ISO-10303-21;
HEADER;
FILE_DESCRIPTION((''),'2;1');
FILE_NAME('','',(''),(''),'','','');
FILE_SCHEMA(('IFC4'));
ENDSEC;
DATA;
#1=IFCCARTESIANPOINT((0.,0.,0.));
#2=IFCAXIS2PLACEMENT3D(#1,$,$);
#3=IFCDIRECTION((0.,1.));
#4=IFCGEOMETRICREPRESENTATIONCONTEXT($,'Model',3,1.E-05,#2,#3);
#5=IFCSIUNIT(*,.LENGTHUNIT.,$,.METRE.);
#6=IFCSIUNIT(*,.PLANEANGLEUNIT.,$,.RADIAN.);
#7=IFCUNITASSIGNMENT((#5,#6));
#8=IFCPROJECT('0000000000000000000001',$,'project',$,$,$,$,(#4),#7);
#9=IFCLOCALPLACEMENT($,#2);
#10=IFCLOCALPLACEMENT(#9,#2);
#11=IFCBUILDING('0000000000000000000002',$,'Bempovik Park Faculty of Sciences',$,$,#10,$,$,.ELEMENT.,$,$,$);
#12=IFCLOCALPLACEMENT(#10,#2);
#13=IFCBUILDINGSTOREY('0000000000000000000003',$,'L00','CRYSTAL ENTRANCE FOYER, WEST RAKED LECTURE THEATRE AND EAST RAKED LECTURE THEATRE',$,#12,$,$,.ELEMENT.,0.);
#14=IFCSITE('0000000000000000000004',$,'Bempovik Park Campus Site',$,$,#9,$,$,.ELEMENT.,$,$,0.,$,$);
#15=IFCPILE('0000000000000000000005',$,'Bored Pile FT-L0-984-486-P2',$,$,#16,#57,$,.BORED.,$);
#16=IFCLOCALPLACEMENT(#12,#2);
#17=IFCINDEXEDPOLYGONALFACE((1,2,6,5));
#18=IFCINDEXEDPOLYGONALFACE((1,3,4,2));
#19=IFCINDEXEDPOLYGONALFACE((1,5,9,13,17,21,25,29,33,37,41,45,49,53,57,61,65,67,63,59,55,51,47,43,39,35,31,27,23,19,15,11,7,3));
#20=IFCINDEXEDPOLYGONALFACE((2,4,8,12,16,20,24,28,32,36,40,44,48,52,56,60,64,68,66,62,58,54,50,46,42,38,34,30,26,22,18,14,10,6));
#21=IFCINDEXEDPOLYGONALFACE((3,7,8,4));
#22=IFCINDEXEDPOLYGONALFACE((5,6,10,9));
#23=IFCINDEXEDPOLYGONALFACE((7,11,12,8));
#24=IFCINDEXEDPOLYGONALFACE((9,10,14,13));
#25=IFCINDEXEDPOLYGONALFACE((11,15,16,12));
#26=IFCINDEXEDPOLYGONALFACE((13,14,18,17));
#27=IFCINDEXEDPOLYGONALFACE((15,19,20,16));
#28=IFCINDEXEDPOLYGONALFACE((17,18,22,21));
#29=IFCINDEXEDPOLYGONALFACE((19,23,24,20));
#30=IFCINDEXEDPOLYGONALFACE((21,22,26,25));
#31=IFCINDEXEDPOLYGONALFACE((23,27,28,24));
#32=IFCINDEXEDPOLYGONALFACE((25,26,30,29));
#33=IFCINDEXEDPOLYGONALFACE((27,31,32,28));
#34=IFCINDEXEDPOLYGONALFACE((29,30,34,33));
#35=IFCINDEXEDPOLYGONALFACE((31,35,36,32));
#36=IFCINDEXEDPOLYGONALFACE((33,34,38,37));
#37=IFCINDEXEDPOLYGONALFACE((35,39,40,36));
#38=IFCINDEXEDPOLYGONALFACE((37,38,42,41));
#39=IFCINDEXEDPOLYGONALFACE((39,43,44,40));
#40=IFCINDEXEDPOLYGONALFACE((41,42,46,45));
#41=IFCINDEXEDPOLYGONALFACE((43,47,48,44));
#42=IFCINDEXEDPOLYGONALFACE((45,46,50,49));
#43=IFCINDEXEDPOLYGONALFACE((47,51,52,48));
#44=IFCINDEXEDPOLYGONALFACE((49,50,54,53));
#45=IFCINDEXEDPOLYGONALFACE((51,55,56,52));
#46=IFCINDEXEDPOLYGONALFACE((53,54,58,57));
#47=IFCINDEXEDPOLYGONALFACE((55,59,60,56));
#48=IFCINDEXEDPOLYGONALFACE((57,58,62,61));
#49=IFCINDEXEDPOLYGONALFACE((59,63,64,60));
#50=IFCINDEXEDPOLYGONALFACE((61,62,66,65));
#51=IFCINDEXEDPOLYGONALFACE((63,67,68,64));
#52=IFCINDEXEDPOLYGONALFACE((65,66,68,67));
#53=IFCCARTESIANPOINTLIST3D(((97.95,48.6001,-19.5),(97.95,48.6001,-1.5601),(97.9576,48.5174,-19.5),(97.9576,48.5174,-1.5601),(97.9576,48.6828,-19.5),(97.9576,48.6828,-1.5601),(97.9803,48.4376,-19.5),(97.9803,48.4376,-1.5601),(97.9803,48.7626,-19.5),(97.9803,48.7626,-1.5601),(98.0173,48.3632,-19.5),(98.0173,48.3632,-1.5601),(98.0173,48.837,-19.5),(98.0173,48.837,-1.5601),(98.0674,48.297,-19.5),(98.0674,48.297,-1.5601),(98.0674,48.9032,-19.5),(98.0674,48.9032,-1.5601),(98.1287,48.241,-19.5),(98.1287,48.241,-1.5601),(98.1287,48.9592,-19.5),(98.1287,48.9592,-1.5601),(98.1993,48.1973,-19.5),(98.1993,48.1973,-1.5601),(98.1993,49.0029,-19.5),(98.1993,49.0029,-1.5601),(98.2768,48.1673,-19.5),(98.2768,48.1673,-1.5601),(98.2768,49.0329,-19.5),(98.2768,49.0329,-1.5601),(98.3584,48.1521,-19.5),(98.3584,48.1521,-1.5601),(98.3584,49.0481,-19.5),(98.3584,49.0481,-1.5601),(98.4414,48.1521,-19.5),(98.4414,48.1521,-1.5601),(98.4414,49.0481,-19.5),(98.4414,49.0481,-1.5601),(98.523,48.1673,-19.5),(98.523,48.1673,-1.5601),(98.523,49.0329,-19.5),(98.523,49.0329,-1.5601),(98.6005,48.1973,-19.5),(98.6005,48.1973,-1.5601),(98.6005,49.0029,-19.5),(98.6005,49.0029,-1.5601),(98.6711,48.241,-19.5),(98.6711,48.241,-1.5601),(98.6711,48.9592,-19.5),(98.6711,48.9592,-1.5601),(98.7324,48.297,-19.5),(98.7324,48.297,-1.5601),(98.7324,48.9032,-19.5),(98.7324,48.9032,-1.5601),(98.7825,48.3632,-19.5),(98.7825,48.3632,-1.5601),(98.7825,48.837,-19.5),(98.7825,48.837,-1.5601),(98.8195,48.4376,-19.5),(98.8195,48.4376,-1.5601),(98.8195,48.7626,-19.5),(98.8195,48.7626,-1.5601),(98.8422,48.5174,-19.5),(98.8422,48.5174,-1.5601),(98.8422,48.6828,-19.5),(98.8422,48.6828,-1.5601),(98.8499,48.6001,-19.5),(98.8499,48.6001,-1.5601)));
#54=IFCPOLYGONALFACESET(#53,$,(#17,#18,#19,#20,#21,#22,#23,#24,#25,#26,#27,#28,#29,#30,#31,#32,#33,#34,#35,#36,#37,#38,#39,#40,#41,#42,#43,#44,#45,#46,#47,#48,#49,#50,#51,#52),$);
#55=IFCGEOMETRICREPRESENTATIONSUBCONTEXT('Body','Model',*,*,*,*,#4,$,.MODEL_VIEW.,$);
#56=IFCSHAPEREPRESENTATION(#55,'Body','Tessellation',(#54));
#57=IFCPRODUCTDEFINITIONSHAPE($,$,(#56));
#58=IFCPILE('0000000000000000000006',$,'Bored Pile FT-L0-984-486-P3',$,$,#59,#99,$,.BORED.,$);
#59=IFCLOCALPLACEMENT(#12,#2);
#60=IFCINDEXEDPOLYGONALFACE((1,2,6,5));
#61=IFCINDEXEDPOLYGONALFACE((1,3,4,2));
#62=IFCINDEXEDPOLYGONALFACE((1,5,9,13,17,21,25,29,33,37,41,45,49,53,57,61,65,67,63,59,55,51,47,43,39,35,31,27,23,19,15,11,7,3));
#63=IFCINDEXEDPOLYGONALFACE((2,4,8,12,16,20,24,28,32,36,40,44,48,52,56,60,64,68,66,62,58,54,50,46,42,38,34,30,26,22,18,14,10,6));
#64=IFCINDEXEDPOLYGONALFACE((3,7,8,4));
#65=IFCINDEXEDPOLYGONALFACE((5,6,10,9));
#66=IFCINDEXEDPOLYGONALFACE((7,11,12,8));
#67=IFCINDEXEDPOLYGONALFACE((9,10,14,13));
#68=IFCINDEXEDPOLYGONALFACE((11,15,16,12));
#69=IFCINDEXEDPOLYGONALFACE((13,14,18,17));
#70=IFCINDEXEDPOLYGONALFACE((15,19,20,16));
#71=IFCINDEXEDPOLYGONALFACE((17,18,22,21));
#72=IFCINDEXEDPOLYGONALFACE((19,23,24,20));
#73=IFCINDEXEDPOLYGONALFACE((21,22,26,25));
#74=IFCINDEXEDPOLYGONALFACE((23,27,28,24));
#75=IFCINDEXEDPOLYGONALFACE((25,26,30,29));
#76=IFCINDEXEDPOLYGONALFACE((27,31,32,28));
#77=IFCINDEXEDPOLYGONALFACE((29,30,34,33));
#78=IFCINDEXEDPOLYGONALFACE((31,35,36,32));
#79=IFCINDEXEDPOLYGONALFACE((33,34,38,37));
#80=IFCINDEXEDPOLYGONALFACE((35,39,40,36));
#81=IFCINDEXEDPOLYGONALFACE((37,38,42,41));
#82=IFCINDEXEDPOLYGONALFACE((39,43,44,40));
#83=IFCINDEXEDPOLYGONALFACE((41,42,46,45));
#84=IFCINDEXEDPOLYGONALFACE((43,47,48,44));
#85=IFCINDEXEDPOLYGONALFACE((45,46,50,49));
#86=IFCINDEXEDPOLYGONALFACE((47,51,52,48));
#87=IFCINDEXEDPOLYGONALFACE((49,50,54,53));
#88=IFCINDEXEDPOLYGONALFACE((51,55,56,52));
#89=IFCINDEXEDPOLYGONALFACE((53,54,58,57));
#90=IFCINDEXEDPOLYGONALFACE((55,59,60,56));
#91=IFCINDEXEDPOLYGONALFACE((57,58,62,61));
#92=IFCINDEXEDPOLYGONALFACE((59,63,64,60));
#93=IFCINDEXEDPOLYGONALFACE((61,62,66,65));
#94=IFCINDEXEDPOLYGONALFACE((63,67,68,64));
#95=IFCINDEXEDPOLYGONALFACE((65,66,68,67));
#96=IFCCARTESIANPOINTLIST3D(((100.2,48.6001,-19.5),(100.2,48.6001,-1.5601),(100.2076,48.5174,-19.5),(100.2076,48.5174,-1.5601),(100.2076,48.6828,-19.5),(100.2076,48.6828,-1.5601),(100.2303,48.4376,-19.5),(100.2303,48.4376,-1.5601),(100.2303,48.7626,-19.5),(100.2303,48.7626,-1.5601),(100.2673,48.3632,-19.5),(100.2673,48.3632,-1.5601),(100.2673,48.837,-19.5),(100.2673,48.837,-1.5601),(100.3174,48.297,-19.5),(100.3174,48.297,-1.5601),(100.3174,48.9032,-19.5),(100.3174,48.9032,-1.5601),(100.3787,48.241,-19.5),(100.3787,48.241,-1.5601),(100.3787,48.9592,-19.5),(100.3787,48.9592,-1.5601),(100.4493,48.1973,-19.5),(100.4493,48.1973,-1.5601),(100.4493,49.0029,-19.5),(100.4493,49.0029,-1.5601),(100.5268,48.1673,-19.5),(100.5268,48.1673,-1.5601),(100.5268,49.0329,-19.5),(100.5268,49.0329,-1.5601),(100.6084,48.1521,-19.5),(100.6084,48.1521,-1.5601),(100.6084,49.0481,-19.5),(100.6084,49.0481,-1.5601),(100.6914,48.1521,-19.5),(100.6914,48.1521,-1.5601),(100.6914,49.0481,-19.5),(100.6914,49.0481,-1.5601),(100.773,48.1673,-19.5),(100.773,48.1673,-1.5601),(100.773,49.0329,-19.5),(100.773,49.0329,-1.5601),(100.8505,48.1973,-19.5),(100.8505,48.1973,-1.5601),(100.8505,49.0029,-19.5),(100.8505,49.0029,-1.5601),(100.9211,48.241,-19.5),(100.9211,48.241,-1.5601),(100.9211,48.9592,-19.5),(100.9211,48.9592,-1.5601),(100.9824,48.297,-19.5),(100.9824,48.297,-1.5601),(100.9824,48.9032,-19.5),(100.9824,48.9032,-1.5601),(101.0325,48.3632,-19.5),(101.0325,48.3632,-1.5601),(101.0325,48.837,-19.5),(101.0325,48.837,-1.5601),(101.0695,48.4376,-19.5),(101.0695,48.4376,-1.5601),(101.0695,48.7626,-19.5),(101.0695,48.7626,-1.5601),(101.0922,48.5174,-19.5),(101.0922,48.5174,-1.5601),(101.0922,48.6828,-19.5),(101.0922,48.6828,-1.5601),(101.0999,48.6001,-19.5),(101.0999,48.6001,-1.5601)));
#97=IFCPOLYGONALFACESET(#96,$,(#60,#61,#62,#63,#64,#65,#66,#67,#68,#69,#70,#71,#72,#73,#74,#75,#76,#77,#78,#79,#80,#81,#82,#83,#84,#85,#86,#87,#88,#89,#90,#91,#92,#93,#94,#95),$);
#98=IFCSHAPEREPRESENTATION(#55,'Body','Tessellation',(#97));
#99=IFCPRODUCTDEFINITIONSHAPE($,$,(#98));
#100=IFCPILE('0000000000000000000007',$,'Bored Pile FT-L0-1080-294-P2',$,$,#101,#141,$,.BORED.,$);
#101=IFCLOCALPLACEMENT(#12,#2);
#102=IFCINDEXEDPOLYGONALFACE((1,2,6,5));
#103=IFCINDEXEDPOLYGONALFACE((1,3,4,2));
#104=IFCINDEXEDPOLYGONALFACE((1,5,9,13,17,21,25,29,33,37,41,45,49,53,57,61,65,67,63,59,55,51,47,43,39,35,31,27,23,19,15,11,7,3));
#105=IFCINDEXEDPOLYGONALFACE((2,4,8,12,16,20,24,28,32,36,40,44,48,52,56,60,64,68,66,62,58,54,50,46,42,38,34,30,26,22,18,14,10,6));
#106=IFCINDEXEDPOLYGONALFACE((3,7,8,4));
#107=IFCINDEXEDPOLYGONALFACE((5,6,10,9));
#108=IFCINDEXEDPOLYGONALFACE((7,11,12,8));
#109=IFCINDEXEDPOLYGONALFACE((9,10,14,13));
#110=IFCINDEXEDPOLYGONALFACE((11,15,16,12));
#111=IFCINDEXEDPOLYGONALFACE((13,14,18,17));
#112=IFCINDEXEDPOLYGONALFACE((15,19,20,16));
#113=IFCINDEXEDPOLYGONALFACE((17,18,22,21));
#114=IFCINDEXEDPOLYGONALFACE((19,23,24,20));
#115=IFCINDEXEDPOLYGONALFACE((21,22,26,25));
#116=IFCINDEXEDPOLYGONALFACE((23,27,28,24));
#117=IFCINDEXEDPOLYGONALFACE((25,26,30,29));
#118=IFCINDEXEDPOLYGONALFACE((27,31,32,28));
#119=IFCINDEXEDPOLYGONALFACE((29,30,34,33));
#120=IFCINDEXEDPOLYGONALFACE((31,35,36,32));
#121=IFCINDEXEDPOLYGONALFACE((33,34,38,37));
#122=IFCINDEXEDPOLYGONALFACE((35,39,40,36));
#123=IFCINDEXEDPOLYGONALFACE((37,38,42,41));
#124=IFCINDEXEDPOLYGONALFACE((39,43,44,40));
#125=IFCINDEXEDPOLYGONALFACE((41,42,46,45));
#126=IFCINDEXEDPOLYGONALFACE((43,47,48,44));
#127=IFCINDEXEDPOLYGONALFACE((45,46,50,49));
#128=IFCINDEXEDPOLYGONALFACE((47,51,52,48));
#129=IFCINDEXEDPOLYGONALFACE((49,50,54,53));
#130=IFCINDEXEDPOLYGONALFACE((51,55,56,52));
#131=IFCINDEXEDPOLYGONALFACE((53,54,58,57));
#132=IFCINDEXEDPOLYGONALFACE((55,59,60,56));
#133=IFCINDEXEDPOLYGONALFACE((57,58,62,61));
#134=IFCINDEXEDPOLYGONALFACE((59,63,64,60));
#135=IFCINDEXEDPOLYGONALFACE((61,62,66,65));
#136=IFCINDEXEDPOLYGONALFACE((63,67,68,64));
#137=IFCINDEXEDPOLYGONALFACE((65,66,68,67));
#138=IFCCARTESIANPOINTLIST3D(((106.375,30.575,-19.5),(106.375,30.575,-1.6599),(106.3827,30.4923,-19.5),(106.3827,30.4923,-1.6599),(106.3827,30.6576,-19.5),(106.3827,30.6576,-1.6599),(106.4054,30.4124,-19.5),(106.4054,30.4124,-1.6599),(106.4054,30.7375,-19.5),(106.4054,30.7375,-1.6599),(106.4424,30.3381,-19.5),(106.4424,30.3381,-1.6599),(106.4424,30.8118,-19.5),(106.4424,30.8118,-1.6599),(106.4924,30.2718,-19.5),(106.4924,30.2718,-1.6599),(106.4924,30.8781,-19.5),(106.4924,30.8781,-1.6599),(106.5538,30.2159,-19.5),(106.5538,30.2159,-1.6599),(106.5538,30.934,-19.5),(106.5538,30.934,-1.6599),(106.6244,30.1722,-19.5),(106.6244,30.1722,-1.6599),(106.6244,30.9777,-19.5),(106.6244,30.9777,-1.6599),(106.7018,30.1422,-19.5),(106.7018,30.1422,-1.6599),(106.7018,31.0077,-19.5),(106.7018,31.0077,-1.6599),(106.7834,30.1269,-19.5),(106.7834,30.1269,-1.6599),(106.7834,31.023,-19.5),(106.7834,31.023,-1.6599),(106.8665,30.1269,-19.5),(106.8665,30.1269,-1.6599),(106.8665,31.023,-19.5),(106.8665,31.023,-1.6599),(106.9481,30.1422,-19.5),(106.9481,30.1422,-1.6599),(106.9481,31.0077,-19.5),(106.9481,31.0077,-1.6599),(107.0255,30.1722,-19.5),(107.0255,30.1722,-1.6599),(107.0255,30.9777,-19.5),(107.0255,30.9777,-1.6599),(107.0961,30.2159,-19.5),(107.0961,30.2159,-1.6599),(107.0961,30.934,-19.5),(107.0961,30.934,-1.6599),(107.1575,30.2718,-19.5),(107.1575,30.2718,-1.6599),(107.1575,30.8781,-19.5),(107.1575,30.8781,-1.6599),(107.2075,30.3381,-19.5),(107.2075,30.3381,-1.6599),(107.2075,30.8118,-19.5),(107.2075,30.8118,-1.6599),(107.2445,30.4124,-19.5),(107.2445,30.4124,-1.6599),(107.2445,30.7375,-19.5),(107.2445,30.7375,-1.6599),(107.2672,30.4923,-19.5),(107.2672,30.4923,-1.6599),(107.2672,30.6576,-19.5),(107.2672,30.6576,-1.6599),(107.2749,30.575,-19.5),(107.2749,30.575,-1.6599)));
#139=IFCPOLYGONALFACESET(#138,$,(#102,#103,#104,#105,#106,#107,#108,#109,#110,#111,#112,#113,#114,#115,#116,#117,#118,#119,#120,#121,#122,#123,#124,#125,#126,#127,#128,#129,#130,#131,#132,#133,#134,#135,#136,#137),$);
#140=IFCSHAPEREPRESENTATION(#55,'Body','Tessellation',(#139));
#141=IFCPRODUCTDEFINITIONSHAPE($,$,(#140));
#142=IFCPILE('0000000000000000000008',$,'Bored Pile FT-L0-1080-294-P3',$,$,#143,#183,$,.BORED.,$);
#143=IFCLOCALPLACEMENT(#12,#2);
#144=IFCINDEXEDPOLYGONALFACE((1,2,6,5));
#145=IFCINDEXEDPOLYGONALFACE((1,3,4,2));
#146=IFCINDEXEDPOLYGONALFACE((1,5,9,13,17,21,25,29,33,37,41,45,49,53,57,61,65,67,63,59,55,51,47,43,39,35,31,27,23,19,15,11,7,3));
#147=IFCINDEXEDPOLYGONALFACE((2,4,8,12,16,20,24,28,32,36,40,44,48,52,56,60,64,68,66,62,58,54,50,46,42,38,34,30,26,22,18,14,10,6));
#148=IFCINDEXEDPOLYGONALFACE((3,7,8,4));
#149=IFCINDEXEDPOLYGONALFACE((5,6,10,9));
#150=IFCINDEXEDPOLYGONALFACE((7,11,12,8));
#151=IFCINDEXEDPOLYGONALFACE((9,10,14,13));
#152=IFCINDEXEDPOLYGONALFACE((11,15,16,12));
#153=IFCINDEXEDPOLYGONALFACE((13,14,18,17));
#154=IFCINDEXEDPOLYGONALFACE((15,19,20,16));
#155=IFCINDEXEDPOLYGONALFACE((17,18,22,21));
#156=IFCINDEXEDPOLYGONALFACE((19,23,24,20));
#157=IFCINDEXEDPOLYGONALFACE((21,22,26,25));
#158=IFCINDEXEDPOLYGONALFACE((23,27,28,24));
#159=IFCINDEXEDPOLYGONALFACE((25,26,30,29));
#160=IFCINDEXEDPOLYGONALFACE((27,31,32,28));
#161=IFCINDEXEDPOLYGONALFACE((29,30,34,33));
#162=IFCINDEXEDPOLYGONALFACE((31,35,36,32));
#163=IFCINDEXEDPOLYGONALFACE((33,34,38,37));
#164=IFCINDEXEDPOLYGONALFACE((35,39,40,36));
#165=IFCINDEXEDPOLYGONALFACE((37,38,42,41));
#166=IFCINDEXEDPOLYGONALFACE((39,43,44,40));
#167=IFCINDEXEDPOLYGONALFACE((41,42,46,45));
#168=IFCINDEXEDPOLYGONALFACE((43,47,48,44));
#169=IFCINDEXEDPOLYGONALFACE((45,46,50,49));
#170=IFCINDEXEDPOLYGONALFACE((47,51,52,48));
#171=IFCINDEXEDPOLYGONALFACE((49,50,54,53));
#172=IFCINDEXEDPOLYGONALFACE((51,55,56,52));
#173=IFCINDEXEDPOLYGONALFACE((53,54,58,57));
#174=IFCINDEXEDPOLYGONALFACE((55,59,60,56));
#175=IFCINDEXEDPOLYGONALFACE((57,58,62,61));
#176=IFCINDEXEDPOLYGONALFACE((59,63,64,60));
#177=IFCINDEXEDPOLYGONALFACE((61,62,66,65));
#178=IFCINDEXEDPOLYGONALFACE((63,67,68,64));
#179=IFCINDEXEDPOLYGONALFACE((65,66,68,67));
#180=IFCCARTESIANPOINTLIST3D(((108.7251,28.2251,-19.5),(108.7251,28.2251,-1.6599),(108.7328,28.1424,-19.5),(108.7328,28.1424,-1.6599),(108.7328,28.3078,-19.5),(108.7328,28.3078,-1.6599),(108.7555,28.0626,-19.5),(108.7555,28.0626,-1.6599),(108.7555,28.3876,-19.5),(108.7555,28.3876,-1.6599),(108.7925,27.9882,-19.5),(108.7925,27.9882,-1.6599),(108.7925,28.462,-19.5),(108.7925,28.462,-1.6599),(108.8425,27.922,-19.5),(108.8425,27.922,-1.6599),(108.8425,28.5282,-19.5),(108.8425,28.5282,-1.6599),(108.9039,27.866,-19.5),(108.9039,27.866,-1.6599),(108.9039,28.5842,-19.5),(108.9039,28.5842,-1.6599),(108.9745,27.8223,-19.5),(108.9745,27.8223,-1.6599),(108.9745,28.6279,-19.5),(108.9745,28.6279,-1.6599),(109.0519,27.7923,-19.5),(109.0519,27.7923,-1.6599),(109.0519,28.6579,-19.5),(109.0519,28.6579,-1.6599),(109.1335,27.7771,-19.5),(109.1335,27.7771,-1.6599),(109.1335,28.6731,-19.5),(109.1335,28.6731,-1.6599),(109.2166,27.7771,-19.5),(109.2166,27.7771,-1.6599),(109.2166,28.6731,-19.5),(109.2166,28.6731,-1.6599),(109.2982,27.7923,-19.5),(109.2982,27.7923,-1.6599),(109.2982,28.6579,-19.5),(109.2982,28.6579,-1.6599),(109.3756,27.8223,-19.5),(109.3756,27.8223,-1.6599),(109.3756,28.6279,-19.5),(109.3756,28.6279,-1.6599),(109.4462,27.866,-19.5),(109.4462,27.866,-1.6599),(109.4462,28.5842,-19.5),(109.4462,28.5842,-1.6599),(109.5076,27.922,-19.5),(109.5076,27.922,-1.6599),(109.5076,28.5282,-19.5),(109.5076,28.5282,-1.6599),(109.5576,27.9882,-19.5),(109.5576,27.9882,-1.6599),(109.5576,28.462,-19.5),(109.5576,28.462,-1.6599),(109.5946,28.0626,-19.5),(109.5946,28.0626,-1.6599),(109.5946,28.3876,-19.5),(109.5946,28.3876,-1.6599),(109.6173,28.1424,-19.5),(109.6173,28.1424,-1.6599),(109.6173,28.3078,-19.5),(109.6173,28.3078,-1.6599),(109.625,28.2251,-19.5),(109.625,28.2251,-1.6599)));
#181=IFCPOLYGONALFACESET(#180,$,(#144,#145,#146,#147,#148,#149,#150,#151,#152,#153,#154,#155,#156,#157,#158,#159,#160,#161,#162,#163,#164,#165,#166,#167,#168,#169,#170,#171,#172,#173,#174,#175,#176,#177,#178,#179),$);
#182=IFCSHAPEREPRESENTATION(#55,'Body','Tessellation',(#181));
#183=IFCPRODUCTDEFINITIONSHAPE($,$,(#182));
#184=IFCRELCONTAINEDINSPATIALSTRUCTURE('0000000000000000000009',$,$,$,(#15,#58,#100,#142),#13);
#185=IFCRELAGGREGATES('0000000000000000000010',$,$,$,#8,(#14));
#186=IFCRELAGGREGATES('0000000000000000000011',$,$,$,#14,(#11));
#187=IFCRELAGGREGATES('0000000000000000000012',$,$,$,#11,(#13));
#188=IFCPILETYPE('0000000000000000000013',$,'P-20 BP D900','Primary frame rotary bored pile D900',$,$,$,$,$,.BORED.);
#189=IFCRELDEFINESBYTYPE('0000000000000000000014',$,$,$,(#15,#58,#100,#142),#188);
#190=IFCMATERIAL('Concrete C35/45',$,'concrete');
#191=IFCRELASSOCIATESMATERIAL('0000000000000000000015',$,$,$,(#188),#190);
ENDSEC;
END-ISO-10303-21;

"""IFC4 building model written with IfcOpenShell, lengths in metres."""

from ifc_helpers import new_model, si_unit, direction, frame, origin, origin_2d, place, context, subcontext, project, spatial, circle, extrude, material, material_profile, profile_set, type_object, element, save


model = new_model("IFC4")

# Units and contexts
model_context = context("Model", 3, precision=1e-05, world=origin(), true_north=direction((0.0, 1.0)))
body_context = subcontext(model_context, "Body", "Model", "MODEL_VIEW")
ifc_project = project(units=[si_unit("LENGTHUNIT", "METRE"), si_unit("PLANEANGLEUNIT", "RADIAN")], contexts=[model_context])

# Site, building, storey
site_placement = place(None, origin())
site = spatial("IfcSite", under=ifc_project, at=site_placement, Name="Bempovik Park Campus Site", CompositionType="ELEMENT", RefElevation=0.0)
building_placement = place(site_placement, origin())
building = spatial("IfcBuilding", under=site, at=building_placement, Name="Bempovik Park Faculty of Sciences", CompositionType="ELEMENT")
storey_placement = place(building_placement, origin())
storey = spatial("IfcBuildingStorey", under=building, at=storey_placement, Name="L00", Description="CRYSTAL ENTRANCE FOYER, WEST RAKED LECTURE THEATRE AND EAST RAKED LECTURE THEATRE", CompositionType="ELEMENT", Elevation=0.0)

# Shared definitions
ifc_material_1 = material(Name="Concrete C35/45", Category="concrete")

# Piles
ifc_material_profile_1 = material_profile(ifc_material_1, circle(Radius=0.45, at=origin_2d()), Name="BP D900")
ifc_profile_set_1 = profile_set([ifc_material_profile_1], Name="Concrete C35/45")
pile_type = type_object("IfcPileType", Name="P-20 BP D900", Description="Primary frame rotary bored pile D900", PredefinedType="BORED", material=ifc_profile_set_1)
for number, where, z_axis, x_axis, name in (
    (1, (98.3999, 48.6001, -1.5601), (0.0, 0.0, -1.0), (1.0, 0.0, 0.0), "Bored Pile FT-L0-984-486-P2"),
    (2, (100.6499, 48.6001, -1.5601), (0.0, 0.0, -1.0), (1.0, 0.0, 0.0), "Bored Pile FT-L0-984-486-P3"),
):
    element("IfcPile", number, at=place(storey_placement, frame(where, z_axis=z_axis, x_axis=x_axis)), inside=storey, type_object=pile_type, Name=name, PredefinedType="BORED", context=body_context, shape_type="SweptSolid", body=[
        extrude(circle(Radius=0.45, at=origin_2d()), origin(), (0.0, 0.0, 1.0), 17.9399),
    ])
for number, where, z_axis, x_axis, name in (
    (3, (106.825, 30.575, -1.6599), (0.0, 0.0, -1.0), (1.0, 0.0, 0.0), "Bored Pile FT-L0-1080-294-P2"),
    (4, (109.175, 28.2251, -1.6599), (0.0, 0.0, -1.0), (1.0, 0.0, 0.0), "Bored Pile FT-L0-1080-294-P3"),
):
    element("IfcPile", number, at=place(storey_placement, frame(where, z_axis=z_axis, x_axis=x_axis)), inside=storey, type_object=pile_type, Name=name, PredefinedType="BORED", context=body_context, shape_type="SweptSolid", body=[
        extrude(circle(Radius=0.45, at=origin_2d()), origin(), (0.0, 0.0, 1.0), 17.8401),
    ])

save(model, "model.ifc")
